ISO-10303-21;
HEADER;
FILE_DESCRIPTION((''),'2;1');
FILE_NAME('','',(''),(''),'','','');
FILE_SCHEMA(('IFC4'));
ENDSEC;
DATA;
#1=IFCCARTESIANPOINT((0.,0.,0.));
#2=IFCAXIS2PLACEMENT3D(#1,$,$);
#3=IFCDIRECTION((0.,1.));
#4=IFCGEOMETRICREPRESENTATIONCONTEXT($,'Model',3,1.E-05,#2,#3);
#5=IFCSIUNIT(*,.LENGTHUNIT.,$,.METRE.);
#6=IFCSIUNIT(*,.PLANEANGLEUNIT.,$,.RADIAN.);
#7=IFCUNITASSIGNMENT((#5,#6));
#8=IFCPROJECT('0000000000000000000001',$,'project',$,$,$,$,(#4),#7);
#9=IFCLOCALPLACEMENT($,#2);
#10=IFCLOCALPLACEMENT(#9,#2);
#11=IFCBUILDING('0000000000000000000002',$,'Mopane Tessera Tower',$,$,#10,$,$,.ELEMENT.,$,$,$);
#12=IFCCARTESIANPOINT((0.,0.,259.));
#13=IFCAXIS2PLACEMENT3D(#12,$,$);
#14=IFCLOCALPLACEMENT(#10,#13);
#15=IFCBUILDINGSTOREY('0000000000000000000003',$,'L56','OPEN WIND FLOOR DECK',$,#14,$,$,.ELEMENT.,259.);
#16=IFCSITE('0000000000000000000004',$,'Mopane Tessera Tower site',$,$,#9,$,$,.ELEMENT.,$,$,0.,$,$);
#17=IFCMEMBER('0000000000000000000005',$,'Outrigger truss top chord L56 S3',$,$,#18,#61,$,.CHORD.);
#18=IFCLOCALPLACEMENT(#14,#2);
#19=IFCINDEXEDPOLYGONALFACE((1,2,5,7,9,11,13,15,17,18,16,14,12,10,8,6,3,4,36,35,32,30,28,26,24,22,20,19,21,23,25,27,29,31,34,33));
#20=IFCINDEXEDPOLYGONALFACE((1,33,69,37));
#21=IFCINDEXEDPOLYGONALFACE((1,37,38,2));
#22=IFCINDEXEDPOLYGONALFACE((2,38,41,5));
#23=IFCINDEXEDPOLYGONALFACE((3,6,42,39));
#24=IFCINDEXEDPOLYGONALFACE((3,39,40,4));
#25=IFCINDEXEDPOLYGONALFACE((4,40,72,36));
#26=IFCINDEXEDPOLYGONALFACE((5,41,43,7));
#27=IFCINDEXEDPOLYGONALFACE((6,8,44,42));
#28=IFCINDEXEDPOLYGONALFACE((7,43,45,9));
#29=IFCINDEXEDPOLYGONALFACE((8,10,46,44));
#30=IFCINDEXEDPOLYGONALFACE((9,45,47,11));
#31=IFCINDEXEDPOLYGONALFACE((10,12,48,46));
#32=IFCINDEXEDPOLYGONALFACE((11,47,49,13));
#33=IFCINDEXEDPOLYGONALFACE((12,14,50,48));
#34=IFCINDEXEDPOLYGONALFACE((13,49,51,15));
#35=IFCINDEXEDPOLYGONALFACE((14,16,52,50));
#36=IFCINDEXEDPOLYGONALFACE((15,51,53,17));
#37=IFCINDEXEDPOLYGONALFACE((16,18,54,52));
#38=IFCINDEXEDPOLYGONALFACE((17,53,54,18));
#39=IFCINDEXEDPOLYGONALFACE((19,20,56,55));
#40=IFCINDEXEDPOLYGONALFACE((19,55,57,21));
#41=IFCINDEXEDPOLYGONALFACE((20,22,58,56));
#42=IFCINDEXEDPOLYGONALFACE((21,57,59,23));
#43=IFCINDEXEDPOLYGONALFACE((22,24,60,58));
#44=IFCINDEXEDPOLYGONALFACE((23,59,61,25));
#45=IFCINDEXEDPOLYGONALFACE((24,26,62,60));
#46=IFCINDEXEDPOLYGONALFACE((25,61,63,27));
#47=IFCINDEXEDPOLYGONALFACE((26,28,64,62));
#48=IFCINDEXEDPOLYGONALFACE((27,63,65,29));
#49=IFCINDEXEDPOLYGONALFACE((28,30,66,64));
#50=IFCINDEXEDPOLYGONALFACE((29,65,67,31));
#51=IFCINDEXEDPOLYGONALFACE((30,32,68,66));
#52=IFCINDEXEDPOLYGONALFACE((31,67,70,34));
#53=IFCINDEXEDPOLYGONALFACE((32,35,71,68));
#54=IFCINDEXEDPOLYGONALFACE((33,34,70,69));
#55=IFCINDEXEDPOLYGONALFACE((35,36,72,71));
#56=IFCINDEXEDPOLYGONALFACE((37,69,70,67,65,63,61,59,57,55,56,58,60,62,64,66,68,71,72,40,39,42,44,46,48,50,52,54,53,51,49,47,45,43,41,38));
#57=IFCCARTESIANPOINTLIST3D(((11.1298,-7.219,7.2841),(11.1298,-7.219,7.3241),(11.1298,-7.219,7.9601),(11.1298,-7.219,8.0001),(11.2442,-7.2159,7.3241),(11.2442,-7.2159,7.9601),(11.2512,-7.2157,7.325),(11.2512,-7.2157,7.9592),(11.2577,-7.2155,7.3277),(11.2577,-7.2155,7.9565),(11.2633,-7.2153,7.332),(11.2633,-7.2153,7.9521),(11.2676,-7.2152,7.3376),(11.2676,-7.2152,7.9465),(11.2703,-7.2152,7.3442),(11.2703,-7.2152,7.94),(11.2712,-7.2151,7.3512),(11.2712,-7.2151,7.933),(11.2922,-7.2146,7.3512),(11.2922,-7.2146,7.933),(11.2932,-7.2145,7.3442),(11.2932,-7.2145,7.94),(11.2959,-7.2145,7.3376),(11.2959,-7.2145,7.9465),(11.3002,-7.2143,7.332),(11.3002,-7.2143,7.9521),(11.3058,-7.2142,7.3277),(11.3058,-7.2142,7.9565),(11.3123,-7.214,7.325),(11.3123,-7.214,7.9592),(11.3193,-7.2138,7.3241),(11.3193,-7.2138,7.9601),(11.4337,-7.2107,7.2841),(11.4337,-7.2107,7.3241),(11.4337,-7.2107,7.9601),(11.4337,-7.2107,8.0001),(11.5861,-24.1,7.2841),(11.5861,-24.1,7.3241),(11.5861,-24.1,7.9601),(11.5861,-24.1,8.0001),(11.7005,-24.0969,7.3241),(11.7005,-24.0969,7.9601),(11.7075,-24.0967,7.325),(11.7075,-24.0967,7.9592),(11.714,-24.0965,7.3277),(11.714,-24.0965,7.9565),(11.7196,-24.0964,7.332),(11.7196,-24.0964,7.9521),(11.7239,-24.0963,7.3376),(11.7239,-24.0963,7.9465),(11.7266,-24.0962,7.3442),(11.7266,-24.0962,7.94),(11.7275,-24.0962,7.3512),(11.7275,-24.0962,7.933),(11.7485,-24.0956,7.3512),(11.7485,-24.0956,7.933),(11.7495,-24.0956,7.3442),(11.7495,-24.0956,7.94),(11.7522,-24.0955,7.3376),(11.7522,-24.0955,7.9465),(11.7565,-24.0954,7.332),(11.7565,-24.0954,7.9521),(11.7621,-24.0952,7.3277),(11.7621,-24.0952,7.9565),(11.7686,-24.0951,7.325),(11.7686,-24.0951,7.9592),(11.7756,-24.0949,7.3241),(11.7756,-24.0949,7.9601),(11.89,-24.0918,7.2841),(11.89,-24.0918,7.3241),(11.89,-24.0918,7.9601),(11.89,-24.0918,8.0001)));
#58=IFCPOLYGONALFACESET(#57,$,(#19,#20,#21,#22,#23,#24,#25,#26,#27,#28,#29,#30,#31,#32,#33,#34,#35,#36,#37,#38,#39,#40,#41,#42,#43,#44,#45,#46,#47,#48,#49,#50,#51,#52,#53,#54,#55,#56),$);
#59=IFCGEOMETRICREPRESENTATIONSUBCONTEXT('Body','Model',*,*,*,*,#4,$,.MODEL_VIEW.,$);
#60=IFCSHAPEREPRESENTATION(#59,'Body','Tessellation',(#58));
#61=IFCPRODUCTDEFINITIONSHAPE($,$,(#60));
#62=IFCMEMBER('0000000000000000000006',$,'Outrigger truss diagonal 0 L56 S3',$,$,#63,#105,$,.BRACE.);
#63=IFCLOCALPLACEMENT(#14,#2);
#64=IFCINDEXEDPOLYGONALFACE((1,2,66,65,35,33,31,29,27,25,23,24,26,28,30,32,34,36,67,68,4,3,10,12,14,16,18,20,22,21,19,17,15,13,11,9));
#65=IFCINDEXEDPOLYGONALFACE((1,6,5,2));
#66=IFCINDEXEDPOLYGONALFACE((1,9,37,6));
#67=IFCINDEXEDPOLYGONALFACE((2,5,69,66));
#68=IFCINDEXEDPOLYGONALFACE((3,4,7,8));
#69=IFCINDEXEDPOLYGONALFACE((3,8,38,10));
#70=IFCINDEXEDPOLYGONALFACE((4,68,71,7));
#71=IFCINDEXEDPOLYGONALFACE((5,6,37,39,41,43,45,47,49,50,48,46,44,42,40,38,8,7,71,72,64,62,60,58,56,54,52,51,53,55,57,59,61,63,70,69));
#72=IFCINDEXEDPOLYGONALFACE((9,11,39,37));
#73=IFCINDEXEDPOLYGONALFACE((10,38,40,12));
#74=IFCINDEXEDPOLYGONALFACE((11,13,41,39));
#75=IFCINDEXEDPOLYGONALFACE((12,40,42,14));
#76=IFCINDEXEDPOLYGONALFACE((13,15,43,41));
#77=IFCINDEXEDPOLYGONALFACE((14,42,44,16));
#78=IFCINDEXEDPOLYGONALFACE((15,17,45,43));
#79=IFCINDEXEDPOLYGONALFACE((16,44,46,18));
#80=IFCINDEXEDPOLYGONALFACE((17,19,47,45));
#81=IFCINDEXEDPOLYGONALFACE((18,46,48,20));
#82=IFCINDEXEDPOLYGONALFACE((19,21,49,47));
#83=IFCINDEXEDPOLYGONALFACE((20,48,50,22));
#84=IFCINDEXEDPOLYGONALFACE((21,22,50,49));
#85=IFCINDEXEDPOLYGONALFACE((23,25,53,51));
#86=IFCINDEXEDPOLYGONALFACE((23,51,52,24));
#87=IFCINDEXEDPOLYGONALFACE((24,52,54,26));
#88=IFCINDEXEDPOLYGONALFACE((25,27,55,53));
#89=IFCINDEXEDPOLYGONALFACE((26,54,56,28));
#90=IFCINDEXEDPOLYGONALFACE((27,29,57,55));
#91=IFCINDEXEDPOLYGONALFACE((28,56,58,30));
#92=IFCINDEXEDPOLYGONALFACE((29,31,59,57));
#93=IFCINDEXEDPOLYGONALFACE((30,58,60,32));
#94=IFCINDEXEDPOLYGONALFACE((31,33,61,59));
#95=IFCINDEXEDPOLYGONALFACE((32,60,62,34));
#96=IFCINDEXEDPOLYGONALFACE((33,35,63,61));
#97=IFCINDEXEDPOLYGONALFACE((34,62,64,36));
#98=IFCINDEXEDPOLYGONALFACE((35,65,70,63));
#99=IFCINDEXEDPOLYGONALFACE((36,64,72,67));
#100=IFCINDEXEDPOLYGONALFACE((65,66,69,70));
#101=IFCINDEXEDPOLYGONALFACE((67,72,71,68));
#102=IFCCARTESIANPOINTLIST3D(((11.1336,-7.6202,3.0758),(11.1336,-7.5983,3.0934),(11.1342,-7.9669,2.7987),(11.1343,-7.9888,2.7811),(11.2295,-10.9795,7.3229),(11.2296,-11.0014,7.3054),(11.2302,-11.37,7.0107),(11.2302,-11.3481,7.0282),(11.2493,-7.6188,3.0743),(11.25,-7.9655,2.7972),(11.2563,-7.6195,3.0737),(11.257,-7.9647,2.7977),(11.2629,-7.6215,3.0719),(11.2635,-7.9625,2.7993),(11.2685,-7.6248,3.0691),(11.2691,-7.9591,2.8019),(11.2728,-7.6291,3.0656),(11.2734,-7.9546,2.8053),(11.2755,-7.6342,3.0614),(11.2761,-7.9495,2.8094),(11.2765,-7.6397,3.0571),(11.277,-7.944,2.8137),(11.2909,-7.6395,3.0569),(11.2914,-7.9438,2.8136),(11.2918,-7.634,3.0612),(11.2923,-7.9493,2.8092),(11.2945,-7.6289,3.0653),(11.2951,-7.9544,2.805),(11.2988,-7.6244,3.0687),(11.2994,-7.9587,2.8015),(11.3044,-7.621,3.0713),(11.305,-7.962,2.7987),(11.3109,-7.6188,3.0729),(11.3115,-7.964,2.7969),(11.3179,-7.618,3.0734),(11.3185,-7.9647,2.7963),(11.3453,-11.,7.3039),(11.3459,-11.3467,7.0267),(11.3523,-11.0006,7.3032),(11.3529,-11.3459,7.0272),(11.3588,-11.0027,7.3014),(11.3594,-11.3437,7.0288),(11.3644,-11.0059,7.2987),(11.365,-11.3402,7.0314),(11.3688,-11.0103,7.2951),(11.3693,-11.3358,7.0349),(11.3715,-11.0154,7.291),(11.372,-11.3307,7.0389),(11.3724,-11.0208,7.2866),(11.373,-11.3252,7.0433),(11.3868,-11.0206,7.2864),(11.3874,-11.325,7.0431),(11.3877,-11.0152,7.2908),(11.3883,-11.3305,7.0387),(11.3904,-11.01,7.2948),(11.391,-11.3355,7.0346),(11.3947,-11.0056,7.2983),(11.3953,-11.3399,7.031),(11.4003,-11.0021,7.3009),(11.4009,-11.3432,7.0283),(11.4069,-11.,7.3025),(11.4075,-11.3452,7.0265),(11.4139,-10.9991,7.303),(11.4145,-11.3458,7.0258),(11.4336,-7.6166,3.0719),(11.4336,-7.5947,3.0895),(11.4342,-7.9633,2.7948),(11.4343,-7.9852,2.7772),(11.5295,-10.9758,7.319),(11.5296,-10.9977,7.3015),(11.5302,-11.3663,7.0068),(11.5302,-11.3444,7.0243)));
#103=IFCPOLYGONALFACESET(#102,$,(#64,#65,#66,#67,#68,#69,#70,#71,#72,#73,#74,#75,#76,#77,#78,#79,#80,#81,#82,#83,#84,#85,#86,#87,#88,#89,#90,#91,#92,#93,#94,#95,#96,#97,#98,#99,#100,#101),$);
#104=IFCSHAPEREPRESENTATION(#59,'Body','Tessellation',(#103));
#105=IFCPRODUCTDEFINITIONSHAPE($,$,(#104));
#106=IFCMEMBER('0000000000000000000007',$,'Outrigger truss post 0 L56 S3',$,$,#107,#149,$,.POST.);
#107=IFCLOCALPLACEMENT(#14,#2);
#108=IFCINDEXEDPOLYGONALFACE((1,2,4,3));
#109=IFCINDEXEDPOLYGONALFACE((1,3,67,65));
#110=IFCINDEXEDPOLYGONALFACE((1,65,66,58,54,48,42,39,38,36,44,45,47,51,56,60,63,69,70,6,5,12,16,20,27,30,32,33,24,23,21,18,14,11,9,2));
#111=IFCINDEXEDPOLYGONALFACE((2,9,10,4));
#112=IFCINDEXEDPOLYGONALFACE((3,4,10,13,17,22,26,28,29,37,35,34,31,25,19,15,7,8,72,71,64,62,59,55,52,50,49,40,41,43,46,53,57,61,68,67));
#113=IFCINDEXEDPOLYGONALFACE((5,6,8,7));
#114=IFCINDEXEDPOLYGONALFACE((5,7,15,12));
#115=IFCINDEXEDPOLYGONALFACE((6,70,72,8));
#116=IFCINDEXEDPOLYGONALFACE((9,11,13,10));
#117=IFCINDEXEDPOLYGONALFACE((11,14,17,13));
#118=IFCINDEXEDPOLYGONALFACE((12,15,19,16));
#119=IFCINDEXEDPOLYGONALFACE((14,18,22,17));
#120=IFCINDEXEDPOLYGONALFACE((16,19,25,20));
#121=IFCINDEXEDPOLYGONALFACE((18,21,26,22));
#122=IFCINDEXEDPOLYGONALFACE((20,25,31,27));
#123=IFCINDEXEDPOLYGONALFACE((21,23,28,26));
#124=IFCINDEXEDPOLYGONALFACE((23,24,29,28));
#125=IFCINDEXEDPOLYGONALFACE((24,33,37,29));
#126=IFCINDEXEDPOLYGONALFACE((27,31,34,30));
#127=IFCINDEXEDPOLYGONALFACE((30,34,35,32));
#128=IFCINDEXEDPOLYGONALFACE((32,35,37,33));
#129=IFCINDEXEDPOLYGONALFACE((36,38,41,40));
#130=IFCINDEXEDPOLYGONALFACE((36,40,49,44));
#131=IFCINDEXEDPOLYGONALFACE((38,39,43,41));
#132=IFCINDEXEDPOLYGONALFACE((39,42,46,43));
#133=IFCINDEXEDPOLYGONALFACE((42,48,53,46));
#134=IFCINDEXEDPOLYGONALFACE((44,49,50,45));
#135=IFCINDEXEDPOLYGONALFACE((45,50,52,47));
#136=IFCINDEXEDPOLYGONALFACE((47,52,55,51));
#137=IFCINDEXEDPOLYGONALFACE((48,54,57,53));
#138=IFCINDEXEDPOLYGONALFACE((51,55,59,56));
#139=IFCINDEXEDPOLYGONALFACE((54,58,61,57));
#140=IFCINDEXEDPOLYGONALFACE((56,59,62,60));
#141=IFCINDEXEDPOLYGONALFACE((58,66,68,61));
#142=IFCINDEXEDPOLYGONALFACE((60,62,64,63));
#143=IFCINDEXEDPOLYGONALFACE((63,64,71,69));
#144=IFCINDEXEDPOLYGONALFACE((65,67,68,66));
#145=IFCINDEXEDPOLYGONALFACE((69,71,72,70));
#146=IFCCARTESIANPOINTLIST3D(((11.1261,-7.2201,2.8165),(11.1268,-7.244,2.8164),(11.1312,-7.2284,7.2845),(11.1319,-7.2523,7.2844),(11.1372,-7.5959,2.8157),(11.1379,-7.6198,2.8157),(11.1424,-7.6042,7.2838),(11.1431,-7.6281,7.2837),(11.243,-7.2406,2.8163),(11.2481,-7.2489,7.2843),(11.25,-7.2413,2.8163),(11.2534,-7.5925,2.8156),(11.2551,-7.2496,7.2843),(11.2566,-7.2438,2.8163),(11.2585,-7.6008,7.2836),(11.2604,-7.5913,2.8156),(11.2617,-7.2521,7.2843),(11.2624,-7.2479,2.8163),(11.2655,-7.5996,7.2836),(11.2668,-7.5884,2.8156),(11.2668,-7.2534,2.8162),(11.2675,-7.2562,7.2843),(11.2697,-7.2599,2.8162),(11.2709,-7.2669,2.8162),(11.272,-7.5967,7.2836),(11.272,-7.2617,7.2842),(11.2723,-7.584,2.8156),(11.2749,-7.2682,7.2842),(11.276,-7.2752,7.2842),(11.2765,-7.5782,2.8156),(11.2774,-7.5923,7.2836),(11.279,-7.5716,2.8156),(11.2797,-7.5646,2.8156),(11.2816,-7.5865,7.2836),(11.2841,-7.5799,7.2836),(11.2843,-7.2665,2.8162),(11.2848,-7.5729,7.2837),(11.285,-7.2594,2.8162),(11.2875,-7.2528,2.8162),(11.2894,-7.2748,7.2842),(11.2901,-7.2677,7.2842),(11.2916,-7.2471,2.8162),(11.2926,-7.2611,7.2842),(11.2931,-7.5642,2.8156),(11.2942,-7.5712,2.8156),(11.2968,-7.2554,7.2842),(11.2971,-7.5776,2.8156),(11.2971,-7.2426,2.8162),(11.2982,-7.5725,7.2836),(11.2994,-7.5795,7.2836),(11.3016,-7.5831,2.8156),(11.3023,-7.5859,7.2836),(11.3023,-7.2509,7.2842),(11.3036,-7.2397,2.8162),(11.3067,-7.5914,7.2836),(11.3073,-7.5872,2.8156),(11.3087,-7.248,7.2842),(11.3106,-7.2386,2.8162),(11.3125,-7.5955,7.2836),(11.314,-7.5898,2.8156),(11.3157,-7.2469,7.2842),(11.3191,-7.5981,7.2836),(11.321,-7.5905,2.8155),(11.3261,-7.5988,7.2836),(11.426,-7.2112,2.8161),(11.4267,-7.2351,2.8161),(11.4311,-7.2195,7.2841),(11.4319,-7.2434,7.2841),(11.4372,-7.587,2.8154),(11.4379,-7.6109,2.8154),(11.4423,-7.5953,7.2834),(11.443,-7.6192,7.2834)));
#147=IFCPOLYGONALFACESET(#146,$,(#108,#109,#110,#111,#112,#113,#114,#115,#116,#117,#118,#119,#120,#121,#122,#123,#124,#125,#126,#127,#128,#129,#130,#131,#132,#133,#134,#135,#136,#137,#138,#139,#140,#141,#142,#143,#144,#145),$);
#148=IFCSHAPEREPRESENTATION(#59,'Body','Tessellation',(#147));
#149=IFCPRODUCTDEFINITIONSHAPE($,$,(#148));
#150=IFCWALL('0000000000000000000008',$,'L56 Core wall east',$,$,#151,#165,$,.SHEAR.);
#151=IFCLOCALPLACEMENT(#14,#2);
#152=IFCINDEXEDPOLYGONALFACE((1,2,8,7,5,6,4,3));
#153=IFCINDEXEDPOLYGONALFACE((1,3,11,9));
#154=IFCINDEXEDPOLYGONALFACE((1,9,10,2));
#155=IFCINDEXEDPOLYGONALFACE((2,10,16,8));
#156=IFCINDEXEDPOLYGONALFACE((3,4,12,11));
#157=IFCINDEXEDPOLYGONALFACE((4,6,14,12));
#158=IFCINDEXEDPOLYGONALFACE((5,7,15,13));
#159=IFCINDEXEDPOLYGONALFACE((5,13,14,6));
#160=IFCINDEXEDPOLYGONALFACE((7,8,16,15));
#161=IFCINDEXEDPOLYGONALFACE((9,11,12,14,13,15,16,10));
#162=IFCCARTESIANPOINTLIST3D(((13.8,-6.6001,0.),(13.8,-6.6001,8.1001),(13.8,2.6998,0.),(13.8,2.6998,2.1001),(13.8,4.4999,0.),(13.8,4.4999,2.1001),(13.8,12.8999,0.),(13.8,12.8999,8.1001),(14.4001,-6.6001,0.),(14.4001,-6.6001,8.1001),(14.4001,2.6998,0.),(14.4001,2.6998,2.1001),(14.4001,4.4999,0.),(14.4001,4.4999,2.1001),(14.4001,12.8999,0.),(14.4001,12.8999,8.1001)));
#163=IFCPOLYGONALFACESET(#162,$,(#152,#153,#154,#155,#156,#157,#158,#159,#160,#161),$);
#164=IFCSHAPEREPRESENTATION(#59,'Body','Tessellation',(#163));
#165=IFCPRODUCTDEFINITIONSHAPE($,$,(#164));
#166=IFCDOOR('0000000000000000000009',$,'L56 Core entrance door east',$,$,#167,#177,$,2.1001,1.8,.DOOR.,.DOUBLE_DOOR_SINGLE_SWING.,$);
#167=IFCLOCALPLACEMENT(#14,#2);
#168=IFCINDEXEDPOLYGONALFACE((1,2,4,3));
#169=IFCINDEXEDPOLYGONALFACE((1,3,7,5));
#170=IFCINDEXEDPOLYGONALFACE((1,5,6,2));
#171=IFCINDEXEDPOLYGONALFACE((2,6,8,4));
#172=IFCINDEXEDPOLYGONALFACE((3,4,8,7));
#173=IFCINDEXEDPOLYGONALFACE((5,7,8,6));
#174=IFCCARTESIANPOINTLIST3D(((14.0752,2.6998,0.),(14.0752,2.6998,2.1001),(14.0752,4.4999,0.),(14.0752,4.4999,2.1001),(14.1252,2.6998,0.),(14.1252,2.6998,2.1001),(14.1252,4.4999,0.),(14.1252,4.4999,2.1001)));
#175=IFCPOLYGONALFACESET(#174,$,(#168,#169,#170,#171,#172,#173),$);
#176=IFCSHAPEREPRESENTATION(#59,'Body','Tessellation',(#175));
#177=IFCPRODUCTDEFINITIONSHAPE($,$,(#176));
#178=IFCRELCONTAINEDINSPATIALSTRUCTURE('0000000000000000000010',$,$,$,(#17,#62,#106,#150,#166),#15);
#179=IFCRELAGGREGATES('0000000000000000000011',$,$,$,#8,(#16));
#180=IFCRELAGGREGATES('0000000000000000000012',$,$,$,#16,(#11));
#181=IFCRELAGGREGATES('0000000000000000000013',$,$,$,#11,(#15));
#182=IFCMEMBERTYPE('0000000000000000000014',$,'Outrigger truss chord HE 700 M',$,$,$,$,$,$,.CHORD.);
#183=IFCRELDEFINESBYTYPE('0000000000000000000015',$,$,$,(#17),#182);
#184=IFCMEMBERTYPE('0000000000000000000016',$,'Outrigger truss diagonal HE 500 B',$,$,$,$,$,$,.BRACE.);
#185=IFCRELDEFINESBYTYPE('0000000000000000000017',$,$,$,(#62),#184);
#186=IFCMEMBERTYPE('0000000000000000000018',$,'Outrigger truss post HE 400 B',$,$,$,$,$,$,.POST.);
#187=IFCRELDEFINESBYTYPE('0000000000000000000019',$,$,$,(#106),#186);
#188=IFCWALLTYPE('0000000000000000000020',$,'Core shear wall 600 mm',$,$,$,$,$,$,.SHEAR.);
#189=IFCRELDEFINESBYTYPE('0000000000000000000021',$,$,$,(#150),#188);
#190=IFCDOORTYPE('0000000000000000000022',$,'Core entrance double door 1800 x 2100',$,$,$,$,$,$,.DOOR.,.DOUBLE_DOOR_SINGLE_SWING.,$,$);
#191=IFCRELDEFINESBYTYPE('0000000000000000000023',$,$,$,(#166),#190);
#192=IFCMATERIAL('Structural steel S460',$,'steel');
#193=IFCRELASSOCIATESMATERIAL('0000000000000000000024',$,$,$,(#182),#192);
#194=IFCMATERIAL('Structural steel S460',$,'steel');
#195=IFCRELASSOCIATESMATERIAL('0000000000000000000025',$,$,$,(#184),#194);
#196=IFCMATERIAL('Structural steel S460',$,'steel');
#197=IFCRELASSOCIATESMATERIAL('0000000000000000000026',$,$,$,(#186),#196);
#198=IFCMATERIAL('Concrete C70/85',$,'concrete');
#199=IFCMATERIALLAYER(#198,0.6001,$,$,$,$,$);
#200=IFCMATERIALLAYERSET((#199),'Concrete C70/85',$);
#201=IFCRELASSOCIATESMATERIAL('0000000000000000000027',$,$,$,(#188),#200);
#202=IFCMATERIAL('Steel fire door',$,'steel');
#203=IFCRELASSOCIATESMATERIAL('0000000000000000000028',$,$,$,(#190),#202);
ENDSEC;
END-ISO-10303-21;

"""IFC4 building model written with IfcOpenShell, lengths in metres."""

from ifc_helpers import new_model, si_unit, direction, frame, frame_2d, origin, origin_2d, place, context, subcontext, project, spatial, rectangle, i_section, extrude, material, layer, layer_set, material_profile, profile_set, type_object, element, fill, save


model = new_model("IFC4")

# Units and contexts
model_context = context("Model", 3, precision=1e-05, world=origin(), true_north=direction((0.0, 1.0)))
body_context = subcontext(model_context, "Body", "Model", "MODEL_VIEW")
ifc_project = project(units=[si_unit("LENGTHUNIT", "METRE"), si_unit("PLANEANGLEUNIT", "RADIAN")], contexts=[model_context])

# Site, building, storey
site_placement = place(None, origin())
site = spatial("IfcSite", under=ifc_project, at=site_placement, Name="Mopane Tessera Tower site", CompositionType="ELEMENT", RefElevation=0.0)
building_placement = place(site_placement, origin())
building = spatial("IfcBuilding", under=site, at=building_placement, Name="Mopane Tessera Tower", CompositionType="ELEMENT")
storey_placement = place(building_placement, frame((0.0, 0.0, 259.0)))
storey = spatial("IfcBuildingStorey", under=building, at=storey_placement, Name="L56", Description="OPEN WIND FLOOR DECK", CompositionType="ELEMENT", Elevation=259.0)

# Members
ifc_material_1 = material(Name="Structural steel S460", Category="steel")
ifc_material_profile_1 = material_profile(ifc_material_1, i_section(OverallWidth=0.304, OverallDepth=0.7161, WebThickness=0.021, FlangeThickness=0.04, FilletRadius=0.0271, at=origin_2d()))
ifc_profile_set_1 = profile_set([ifc_material_profile_1], Name="Structural steel S460")
member_type_1 = type_object("IfcMemberType", Name="Outrigger truss chord HE 700 M", PredefinedType="CHORD", material=ifc_profile_set_1)
member_1_placement = place(storey_placement, frame((11.2817, -7.2148, 7.6421), z_axis=(0.02702, -0.999635, 0.0), x_axis=(0.999635, 0.02702, 0.0)))
element("IfcMember", 1, at=member_1_placement, inside=storey, type_object=member_type_1, Name="Outrigger truss top chord L56 S3", PredefinedType="CHORD", context=body_context, shape_type="SweptSolid", body=[
    extrude(i_section(OverallWidth=0.304, OverallDepth=0.7161, WebThickness=0.021, FlangeThickness=0.04, FilletRadius=0.0271, at=origin_2d()), origin(), (0.0, 0.0, 1.0), 16.8872),
])
ifc_material_2 = material(Name="Structural steel S460", Category="steel")
ifc_material_profile_2 = material_profile(ifc_material_2, i_section(OverallWidth=0.3, OverallDepth=0.5, WebThickness=0.0144, FlangeThickness=0.0281, FilletRadius=0.0271, at=origin_2d()))
ifc_profile_set_2 = profile_set([ifc_material_profile_2], Name="Structural steel S460")
member_type_2 = type_object("IfcMemberType", Name="Outrigger truss diagonal HE 500 B", PredefinedType="BRACE", material=ifc_profile_set_2)
member_2_placement = place(storey_placement, frame((11.2839, -7.7917, 2.9353), z_axis=(0.017717, -0.624317, 0.780971), x_axis=(0.999842, 0.012158, -0.012963)))
element("IfcMember", 2, at=member_2_placement, inside=storey, type_object=member_type_2, Name="Outrigger truss diagonal 0 L56 S3", PredefinedType="BRACE", context=body_context, shape_type="SweptSolid", body=[
    extrude(i_section(OverallWidth=0.3, OverallDepth=0.5, WebThickness=0.0144, FlangeThickness=0.0281, FilletRadius=0.0271, at=origin_2d()), origin(), (0.0, 0.0, 1.0), 5.4158),
])
ifc_material_3 = material(Name="Structural steel S460", Category="steel")
ifc_material_profile_3 = material_profile(ifc_material_3, i_section(OverallWidth=0.3, OverallDepth=0.3999, WebThickness=0.0134, FlangeThickness=0.0239, FilletRadius=0.0271, at=origin_2d()))
ifc_profile_set_3 = profile_set([ifc_material_profile_3], Name="Structural steel S460")
member_type_3 = type_object("IfcMemberType", Name="Outrigger truss post HE 400 B", PredefinedType="POST", material=ifc_profile_set_3)
member_3_placement = place(storey_placement, frame((11.282, -7.4155, 2.8159), z_axis=(0.001147, -0.001858, 0.999998), x_axis=(0.999561, 0.029623, -0.001092)))
element("IfcMember", 3, at=member_3_placement, inside=storey, type_object=member_type_3, Name="Outrigger truss post 0 L56 S3", PredefinedType="POST", context=body_context, shape_type="SweptSolid", body=[
    extrude(i_section(OverallWidth=0.3, OverallDepth=0.3999, WebThickness=0.0134, FlangeThickness=0.0239, FilletRadius=0.0271, at=origin_2d()), origin(), (0.0, 0.0, 1.0), 4.468),
])

# Wall, opening, door
ifc_material_4 = material(Name="Concrete C70/85", Category="concrete")
ifc_layer_1 = layer(ifc_material_4, 0.6001)
ifc_layer_set_1 = layer_set([ifc_layer_1], Name="Concrete C70/85")
wall_type = type_object("IfcWallType", Name="Core shear wall 600 mm", PredefinedType="SHEAR", material=ifc_layer_set_1)
wall_placement = place(storey_placement, frame((14.1001, -6.6001, 0.0), z_axis=(0.0, 0.0, 1.0), x_axis=(0.0, 1.0, 0.0)))
wall = element("IfcWall", 4, at=wall_placement, inside=storey, type_object=wall_type, Name="L56 Core wall east", PredefinedType="SHEAR", context=body_context, shape_type="SweptSolid", body=[
    extrude(rectangle(XDim=19.5, YDim=0.6001, at=frame_2d((9.75, 0.0))), origin(), (0.0, 0.0, 1.0), 8.1001),
])
opening_placement = place(wall_placement, frame((9.3, 0.0, 0.0)))
opening = element("IfcOpeningElement", 5, at=opening_placement, cuts=wall, PredefinedType="OPENING", context=body_context, shape_type="SweptSolid", body=[
    extrude(rectangle(XDim=1.8, YDim=2.1001, at=frame_2d((0.8999, 1.05))), frame((0.0, 0.312, 0.0), z_axis=(0.0, -1.0, 0.0), x_axis=(1.0, 0.0, 0.0)), (0.0, 0.0, 1.0), 0.624),
])
ifc_material_5 = material(Name="Steel fire door", Category="steel")
door_type = type_object("IfcDoorType", Name="Core entrance double door 1800 x 2100", OperationType="DOUBLE_DOOR_SINGLE_SWING", PredefinedType="DOOR", material=ifc_material_5)
door_placement = place(opening_placement, origin())
door = element("IfcDoor", 6, at=door_placement, inside=storey, type_object=door_type, Name="L56 Core entrance door east", OperationType="DOUBLE_DOOR_SINGLE_SWING", OverallHeight=2.1001, OverallWidth=1.8, PredefinedType="DOOR", context=body_context, shape_type="SweptSolid", body=[
    extrude(rectangle(XDim=1.8, YDim=2.1001, at=frame_2d((0.8999, 1.05))), frame((0.0, 0.0249, 0.0), z_axis=(0.0, -1.0, 0.0), x_axis=(1.0, 0.0, 0.0)), (0.0, 0.0, 1.0), 0.05),
])
fill(opening, door)

save(model, "model.ifc")
